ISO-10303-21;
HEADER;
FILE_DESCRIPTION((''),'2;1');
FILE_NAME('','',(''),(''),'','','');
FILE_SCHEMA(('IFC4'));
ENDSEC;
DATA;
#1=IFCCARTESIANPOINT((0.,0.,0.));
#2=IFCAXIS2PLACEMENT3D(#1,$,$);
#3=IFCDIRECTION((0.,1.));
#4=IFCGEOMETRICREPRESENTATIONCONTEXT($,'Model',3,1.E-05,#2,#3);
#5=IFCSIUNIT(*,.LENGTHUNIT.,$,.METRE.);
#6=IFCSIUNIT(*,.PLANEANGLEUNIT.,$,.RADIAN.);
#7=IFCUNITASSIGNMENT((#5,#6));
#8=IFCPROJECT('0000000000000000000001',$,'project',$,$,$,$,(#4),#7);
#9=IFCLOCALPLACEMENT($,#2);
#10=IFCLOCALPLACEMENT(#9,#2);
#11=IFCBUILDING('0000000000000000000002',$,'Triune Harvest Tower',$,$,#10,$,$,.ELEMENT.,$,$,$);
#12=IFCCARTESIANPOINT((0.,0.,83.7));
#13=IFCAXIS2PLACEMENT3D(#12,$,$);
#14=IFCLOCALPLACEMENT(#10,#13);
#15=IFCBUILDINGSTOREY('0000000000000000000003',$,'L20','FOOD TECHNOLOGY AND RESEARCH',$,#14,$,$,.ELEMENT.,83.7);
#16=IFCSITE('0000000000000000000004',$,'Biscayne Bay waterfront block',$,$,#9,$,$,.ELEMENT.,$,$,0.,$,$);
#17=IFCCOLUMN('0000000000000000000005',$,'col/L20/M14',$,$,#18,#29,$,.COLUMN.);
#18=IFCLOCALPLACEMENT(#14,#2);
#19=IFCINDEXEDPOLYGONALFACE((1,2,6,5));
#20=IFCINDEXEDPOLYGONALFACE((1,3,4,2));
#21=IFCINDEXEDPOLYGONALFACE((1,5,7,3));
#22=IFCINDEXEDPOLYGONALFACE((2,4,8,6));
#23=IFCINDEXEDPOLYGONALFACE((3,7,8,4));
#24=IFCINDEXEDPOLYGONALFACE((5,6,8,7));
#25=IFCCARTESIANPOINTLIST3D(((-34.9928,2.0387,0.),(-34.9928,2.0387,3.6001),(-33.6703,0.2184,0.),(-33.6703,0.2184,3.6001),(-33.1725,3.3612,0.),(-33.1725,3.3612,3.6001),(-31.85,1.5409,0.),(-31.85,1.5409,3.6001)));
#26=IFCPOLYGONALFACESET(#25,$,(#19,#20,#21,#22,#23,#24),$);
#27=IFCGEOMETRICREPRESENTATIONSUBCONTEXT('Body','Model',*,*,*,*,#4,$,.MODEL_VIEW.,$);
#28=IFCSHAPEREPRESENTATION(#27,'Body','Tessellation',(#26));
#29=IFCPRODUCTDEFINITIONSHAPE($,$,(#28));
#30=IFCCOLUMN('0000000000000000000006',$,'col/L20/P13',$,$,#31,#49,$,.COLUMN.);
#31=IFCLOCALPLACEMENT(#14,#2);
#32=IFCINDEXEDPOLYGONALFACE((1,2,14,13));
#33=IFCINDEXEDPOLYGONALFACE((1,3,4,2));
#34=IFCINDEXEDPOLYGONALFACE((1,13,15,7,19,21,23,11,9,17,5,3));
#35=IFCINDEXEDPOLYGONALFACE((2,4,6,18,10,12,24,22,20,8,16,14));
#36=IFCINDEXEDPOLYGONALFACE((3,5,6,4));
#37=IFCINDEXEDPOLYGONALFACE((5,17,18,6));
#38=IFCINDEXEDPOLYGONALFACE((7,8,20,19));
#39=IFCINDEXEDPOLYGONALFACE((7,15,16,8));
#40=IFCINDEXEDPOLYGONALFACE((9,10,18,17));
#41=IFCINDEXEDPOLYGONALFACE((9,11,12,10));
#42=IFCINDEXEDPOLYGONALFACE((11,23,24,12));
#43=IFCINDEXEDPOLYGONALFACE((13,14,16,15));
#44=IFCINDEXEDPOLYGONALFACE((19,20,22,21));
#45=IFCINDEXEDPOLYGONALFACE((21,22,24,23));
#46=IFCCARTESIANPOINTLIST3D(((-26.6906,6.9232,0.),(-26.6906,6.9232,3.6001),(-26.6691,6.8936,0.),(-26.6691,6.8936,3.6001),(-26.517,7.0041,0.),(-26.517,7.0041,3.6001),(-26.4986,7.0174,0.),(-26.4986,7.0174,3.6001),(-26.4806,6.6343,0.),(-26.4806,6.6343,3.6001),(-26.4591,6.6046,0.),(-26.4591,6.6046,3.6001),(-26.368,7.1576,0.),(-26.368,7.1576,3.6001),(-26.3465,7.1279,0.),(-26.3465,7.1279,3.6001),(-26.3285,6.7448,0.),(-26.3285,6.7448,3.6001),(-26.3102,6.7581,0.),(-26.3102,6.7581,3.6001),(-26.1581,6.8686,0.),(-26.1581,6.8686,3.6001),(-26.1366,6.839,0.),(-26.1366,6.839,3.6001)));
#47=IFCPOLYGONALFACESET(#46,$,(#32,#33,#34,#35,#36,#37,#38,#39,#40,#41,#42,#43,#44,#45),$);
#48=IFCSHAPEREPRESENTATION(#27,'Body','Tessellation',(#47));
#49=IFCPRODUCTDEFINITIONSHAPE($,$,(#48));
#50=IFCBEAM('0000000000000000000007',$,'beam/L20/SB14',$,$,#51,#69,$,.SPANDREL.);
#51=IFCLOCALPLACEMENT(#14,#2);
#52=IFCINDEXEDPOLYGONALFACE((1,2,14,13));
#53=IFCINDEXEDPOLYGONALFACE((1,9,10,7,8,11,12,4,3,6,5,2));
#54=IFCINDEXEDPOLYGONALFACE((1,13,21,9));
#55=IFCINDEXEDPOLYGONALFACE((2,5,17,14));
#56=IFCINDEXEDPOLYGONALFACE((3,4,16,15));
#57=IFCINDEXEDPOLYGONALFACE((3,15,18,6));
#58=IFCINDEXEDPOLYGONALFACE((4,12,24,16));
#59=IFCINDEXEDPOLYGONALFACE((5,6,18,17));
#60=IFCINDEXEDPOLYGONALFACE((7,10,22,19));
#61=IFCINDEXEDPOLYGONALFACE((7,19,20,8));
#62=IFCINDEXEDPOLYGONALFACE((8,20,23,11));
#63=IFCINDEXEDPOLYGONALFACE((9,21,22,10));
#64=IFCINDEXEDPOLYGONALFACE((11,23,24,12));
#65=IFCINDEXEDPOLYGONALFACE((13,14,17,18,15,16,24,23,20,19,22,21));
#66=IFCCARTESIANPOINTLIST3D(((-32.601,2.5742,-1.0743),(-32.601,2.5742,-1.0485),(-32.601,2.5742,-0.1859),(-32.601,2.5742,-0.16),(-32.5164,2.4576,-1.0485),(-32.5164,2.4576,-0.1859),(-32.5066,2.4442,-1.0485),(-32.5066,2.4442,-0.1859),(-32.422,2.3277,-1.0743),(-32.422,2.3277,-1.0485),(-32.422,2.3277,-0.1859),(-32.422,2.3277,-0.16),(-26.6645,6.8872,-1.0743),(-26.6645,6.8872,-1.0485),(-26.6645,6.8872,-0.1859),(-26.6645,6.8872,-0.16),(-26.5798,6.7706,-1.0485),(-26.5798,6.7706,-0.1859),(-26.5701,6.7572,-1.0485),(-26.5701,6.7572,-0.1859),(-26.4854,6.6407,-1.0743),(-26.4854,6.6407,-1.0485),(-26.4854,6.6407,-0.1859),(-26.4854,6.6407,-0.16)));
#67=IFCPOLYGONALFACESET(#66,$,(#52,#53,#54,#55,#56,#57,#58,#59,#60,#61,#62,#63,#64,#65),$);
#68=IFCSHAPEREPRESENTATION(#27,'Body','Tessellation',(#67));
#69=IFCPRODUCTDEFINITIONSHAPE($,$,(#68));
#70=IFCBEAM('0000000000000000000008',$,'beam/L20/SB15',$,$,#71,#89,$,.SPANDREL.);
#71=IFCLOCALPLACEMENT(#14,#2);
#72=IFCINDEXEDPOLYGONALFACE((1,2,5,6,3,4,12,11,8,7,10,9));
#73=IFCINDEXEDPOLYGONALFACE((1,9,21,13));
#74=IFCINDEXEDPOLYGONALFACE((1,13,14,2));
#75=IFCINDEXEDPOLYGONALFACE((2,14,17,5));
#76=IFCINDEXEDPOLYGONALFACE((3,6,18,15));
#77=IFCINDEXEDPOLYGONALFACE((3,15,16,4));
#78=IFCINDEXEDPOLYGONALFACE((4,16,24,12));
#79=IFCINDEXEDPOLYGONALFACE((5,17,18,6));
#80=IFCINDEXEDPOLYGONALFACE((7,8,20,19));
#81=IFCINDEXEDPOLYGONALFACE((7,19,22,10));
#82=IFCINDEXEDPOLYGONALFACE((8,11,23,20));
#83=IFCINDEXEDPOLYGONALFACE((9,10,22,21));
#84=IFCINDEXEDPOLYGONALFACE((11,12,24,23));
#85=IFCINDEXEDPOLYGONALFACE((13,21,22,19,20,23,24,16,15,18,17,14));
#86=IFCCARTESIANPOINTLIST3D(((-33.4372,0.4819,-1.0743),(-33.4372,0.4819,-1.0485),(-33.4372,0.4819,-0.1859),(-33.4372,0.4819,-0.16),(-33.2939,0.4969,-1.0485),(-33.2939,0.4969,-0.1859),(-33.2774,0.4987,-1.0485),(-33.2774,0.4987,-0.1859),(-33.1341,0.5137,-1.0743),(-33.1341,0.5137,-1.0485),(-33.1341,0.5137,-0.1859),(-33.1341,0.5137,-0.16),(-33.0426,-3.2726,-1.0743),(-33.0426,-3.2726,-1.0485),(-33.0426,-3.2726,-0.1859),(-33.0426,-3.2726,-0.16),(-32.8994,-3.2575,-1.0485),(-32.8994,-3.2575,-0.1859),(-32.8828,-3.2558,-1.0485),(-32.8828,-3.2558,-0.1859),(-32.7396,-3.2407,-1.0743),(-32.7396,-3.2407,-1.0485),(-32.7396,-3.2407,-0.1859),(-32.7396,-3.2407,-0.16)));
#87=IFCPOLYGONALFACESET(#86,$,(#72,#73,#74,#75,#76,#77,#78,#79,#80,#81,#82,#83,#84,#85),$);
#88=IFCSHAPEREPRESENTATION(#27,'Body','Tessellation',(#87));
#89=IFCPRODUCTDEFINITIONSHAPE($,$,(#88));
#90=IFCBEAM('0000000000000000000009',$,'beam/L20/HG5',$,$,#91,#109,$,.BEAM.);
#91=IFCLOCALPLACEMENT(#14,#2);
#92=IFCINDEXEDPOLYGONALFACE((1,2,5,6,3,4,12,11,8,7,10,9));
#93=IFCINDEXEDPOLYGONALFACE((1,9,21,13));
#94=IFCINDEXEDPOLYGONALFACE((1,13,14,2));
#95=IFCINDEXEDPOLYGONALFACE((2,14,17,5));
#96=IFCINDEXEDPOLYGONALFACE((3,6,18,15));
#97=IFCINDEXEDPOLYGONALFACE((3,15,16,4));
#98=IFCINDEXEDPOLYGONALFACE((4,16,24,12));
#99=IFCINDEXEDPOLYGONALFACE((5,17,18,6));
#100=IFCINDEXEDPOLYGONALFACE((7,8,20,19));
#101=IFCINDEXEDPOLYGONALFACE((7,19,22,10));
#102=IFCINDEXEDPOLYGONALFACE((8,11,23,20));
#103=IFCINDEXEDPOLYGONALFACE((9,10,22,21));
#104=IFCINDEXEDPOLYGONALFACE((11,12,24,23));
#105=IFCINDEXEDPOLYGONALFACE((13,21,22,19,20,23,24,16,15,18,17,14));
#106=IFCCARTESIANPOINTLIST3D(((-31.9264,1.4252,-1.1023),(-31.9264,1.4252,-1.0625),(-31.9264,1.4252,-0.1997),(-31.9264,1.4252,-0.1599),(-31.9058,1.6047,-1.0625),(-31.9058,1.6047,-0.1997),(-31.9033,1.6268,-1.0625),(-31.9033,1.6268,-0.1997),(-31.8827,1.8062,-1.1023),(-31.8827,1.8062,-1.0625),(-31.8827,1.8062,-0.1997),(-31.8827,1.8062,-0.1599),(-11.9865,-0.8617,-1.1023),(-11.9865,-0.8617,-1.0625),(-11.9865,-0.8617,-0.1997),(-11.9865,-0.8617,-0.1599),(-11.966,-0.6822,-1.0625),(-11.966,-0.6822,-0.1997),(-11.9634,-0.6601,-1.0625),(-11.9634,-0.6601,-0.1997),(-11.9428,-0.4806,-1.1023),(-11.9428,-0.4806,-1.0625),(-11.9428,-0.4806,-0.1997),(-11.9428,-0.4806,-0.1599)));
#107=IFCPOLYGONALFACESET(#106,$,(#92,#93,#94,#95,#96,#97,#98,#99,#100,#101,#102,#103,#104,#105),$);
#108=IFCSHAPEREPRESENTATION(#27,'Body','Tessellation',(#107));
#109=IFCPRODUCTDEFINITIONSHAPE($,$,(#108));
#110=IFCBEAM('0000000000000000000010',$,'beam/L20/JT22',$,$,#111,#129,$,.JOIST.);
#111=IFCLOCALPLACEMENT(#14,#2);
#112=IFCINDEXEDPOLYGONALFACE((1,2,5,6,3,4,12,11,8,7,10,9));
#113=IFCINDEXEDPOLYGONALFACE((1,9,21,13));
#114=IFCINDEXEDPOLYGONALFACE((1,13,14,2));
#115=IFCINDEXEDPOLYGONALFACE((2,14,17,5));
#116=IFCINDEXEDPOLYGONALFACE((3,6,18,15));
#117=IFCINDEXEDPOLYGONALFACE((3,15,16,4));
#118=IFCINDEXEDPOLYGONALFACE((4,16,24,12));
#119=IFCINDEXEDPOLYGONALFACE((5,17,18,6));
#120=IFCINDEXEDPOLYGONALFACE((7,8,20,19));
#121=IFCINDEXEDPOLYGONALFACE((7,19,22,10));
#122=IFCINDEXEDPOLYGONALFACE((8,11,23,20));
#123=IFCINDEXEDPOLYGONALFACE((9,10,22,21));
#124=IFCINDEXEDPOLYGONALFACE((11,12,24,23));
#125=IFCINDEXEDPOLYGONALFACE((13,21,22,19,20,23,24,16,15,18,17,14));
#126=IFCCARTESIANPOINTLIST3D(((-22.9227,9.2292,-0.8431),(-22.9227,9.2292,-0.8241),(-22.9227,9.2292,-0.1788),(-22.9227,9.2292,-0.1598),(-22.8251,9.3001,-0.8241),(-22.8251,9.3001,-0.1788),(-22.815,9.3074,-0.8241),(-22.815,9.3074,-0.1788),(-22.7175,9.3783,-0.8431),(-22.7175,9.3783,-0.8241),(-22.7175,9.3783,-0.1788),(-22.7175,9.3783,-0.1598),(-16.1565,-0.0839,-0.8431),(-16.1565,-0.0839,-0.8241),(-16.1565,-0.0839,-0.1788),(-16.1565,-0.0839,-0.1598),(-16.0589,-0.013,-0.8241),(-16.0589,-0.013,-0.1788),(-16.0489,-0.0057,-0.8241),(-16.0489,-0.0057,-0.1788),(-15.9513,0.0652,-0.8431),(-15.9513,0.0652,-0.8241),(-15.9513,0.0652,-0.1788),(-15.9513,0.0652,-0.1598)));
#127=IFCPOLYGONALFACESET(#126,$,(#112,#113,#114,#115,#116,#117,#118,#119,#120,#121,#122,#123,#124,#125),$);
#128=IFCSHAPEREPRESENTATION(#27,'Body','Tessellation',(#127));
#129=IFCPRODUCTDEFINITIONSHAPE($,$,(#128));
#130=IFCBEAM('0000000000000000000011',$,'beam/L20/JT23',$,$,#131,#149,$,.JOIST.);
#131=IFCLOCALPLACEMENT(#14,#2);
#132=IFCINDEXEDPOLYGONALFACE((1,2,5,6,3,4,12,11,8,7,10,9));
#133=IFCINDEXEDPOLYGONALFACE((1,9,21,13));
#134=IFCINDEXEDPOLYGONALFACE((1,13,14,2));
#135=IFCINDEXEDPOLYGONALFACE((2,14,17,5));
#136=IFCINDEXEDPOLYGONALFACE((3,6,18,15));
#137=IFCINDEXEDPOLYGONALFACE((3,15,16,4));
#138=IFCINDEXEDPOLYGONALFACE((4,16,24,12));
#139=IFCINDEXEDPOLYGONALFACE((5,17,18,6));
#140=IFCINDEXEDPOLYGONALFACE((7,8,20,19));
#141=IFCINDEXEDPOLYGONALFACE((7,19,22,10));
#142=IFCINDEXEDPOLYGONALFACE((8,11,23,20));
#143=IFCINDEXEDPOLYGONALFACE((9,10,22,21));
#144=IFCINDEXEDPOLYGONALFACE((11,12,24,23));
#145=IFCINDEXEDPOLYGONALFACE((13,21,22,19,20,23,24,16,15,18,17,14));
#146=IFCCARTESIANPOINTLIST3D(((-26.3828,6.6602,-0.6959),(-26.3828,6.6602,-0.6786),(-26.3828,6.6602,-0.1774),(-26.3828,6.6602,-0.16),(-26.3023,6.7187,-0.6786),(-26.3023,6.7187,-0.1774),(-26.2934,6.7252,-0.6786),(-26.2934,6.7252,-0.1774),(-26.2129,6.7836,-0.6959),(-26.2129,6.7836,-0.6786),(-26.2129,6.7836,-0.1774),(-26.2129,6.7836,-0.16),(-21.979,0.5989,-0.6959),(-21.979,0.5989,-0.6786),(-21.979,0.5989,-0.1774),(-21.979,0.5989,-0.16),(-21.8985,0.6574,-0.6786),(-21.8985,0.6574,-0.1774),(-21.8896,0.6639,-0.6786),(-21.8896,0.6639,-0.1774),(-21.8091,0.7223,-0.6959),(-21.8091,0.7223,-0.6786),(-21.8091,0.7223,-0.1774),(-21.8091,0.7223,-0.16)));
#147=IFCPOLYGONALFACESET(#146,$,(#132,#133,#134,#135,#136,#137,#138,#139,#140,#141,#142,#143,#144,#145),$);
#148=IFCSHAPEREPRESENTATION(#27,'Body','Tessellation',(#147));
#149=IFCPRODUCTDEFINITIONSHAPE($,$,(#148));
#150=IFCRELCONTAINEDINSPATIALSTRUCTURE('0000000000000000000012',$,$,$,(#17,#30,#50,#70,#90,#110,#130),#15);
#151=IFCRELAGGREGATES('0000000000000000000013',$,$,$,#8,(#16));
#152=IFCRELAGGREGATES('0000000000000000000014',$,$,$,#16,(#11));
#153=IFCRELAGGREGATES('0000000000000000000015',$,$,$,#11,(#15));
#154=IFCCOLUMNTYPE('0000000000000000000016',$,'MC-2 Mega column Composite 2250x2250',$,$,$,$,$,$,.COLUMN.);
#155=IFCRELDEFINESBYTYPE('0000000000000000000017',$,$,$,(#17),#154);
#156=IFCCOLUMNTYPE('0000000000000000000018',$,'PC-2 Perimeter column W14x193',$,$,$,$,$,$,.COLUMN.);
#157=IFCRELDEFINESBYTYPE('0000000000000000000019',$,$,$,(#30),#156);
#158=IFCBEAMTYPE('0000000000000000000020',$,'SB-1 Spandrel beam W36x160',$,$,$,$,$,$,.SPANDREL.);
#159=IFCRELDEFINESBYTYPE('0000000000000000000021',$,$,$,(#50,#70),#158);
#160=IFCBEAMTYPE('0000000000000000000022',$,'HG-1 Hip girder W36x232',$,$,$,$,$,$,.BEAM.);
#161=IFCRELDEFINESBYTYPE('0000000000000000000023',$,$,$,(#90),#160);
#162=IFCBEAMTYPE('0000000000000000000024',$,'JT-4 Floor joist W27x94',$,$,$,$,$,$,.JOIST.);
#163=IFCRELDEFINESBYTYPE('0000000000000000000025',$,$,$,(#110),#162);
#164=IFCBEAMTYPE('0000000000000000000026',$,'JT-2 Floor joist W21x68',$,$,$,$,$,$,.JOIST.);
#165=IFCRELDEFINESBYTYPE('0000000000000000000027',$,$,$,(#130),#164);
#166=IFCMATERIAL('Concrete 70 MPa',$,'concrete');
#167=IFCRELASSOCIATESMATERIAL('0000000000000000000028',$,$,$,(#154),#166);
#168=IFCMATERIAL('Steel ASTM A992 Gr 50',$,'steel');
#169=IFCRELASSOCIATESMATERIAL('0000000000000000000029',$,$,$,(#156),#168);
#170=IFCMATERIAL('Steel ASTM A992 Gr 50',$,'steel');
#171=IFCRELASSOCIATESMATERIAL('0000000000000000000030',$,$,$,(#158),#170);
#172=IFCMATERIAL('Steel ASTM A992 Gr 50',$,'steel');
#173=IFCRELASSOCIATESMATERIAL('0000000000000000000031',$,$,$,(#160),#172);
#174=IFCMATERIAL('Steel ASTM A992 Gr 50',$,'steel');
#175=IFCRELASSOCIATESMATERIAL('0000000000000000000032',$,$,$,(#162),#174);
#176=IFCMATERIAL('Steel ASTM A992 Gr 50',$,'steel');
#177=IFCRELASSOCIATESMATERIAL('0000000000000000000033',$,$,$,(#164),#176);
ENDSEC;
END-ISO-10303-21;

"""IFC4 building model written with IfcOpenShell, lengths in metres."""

from ifc_helpers import new_model, si_unit, direction, frame, origin, origin_2d, place, context, subcontext, project, spatial, rectangle, i_section, extrude, source, transform, mapped, material, material_profile, profile_set, type_object, element, save


model = new_model("IFC4")

# Units and contexts
model_context = context("Model", 3, precision=1e-05, world=origin(), true_north=direction((0.0, 1.0)))
body_context = subcontext(model_context, "Body", "Model", "MODEL_VIEW")
ifc_project = project(units=[si_unit("LENGTHUNIT", "METRE"), si_unit("PLANEANGLEUNIT", "RADIAN")], contexts=[model_context])

# Site, building, storey
site_placement = place(None, origin())
site = spatial("IfcSite", under=ifc_project, at=site_placement, Name="Biscayne Bay waterfront block", CompositionType="ELEMENT", RefElevation=0.0)
building_placement = place(site_placement, origin())
building = spatial("IfcBuilding", under=site, at=building_placement, Name="Triune Harvest Tower", CompositionType="ELEMENT")
storey_placement = place(building_placement, frame((0.0, 0.0, 83.7)))
storey = spatial("IfcBuildingStorey", under=building, at=storey_placement, Name="L20", Description="FOOD TECHNOLOGY AND RESEARCH", CompositionType="ELEMENT", Elevation=83.7)

# Columns
ifc_material_1 = material(Name="Concrete 70 MPa", Category="concrete")
ifc_material_profile_1 = material_profile(ifc_material_1, rectangle(XDim=2.25, YDim=2.25, at=origin_2d()), Name="Composite 2250x2250")
ifc_profile_set_1 = profile_set([ifc_material_profile_1], Name="Concrete 70 MPa")
column_type_1 = type_object("IfcColumnType", Name="MC-2 Mega column Composite 2250x2250", PredefinedType="COLUMN", material=ifc_profile_set_1)
shared_shape_1 = source(origin(), body_context, "Body", "SweptSolid", [
    extrude(rectangle(XDim=2.25, YDim=2.25, at=origin_2d()), origin(), (0.0, 0.0, 1.0), 3.6001),
])
column_1_placement = place(storey_placement, frame((-33.4214, 1.7898, 0.0), z_axis=(0.0, 0.0, 1.0), x_axis=(-0.809017, -0.587785, 0.0)))
element("IfcColumn", 1, at=column_1_placement, inside=storey, type_object=column_type_1, Name="col/L20/M14", PredefinedType="COLUMN", context=body_context, shape_type="MappedRepresentation", body=[
    mapped(shared_shape_1, transform((0.0, 0.0, 0.0), scale=1.0)),
])
ifc_material_2 = material(Name="Steel ASTM A992 Gr 50", Category="steel")
ifc_material_profile_2 = material_profile(ifc_material_2, i_section(OverallWidth=0.3987, OverallDepth=0.3938, WebThickness=0.0227, FlangeThickness=0.0366, at=origin_2d()), Name="W14x193")
ifc_profile_set_2 = profile_set([ifc_material_profile_2], Name="Steel ASTM A992 Gr 50")
column_type_2 = type_object("IfcColumnType", Name="PC-2 Perimeter column W14x193", PredefinedType="COLUMN", material=ifc_profile_set_2)
shared_shape_2 = source(origin(), body_context, "Body", "SweptSolid", [
    extrude(i_section(OverallWidth=0.3987, OverallDepth=0.3938, WebThickness=0.0227, FlangeThickness=0.0366, at=origin_2d()), origin(), (0.0, 0.0, 1.0), 3.6001),
])
column_2_placement = place(storey_placement, frame((-26.4136, 6.8811, 0.0), z_axis=(0.0, 0.0, 1.0), x_axis=(-0.809017, -0.587785, 0.0)))
element("IfcColumn", 2, at=column_2_placement, inside=storey, type_object=column_type_2, Name="col/L20/P13", PredefinedType="COLUMN", context=body_context, shape_type="MappedRepresentation", body=[
    mapped(shared_shape_2, transform((0.0, 0.0, 0.0), scale=1.0)),
])

# Beams
ifc_material_3 = material(Name="Steel ASTM A992 Gr 50", Category="steel")
ifc_material_profile_3 = material_profile(ifc_material_3, i_section(OverallWidth=0.3047, OverallDepth=0.9143, WebThickness=0.0166, FlangeThickness=0.0259, at=origin_2d()), Name="W36x160")
ifc_profile_set_3 = profile_set([ifc_material_profile_3], Name="Steel ASTM A992 Gr 50")
beam_type_1 = type_object("IfcBeamType", Name="SB-1 Spandrel beam W36x160", PredefinedType="SPANDREL", material=ifc_profile_set_3)
shared_shape_3 = source(origin(), body_context, "Body", "SweptSolid", [
    extrude(i_section(OverallWidth=0.3047, OverallDepth=0.9143, WebThickness=0.0166, FlangeThickness=0.0259, at=origin_2d()), origin(), (0.0, 0.0, 1.0), 7.3379),
])
beam_1_placement = place(storey_placement, frame((-26.575, 6.7639, -0.6172), z_axis=(-0.809027, -0.587772, 0.0), x_axis=(0.587772, -0.809027, 0.0)))
element("IfcBeam", 3, at=beam_1_placement, inside=storey, type_object=beam_type_1, Name="beam/L20/SB14", PredefinedType="SPANDREL", context=body_context, shape_type="MappedRepresentation", body=[
    mapped(shared_shape_3, transform((0.0, 0.0, 0.0), scale=1.0)),
])
shared_shape_4 = source(origin(), body_context, "Body", "SweptSolid", [
    extrude(i_section(OverallWidth=0.3047, OverallDepth=0.9143, WebThickness=0.0166, FlangeThickness=0.0259, at=origin_2d()), origin(), (0.0, 0.0, 1.0), 3.7751),
])
beam_2_placement = place(storey_placement, frame((-33.2856, 0.4978, -0.6172), z_axis=(0.10451, -0.994524, 0.0), x_axis=(0.994524, 0.10451, 0.0)))
element("IfcBeam", 4, at=beam_2_placement, inside=storey, type_object=beam_type_1, Name="beam/L20/SB15", PredefinedType="SPANDREL", context=body_context, shape_type="MappedRepresentation", body=[
    mapped(shared_shape_4, transform((0.0, 0.0, 0.0), scale=1.0)),
])
ifc_material_4 = material(Name="Steel ASTM A992 Gr 50", Category="steel")
ifc_material_profile_4 = material_profile(ifc_material_4, i_section(OverallWidth=0.3835, OverallDepth=0.9424, WebThickness=0.0222, FlangeThickness=0.0398, at=origin_2d()), Name="W36x232")
ifc_profile_set_4 = profile_set([ifc_material_profile_4], Name="Steel ASTM A992 Gr 50")
beam_type_2 = type_object("IfcBeamType", Name="HG-1 Hip girder W36x232", PredefinedType="BEAM", material=ifc_profile_set_4)
shared_shape_5 = source(origin(), body_context, "Body", "SweptSolid", [
    extrude(i_section(OverallWidth=0.3835, OverallDepth=0.9424, WebThickness=0.0222, FlangeThickness=0.0398, at=origin_2d()), origin(), (0.0, 0.0, 1.0), 20.0706),
])
beam_3_placement = place(storey_placement, frame((-31.9045, 1.6157, -0.6311), z_axis=(0.993488, -0.113941, 0.0), x_axis=(0.113941, 0.993488, 0.0)))
element("IfcBeam", 5, at=beam_3_placement, inside=storey, type_object=beam_type_2, Name="beam/L20/HG5", PredefinedType="BEAM", context=body_context, shape_type="MappedRepresentation", body=[
    mapped(shared_shape_5, transform((0.0, 0.0, 0.0), scale=1.0)),
])
ifc_material_5 = material(Name="Steel ASTM A992 Gr 50", Category="steel")
ifc_material_profile_5 = material_profile(ifc_material_5, i_section(OverallWidth=0.2537, OverallDepth=0.6833, WebThickness=0.0125, FlangeThickness=0.019, at=origin_2d()), Name="W27x94")
ifc_profile_set_5 = profile_set([ifc_material_profile_5], Name="Steel ASTM A992 Gr 50")
beam_type_3 = type_object("IfcBeamType", Name="JT-4 Floor joist W27x94", PredefinedType="JOIST", material=ifc_profile_set_5)
shared_shape_6 = source(origin(), body_context, "Body", "SweptSolid", [
    extrude(i_section(OverallWidth=0.2537, OverallDepth=0.6833, WebThickness=0.0125, FlangeThickness=0.019, at=origin_2d()), origin(), (0.0, 0.0, 1.0), 11.5115),
])
beam_4_placement = place(storey_placement, frame((-22.8201, 9.3037, -0.5015), z_axis=(0.587776, -0.809024, 0.0), x_axis=(0.809024, 0.587776, 0.0)))
element("IfcBeam", 6, at=beam_4_placement, inside=storey, type_object=beam_type_3, Name="beam/L20/JT22", PredefinedType="JOIST", context=body_context, shape_type="MappedRepresentation", body=[
    mapped(shared_shape_6, transform((0.0, 0.0, 0.0), scale=1.0)),
])
ifc_material_6 = material(Name="Steel ASTM A992 Gr 50", Category="steel")
ifc_material_profile_6 = material_profile(ifc_material_6, i_section(OverallWidth=0.21, OverallDepth=0.5359, WebThickness=0.011, FlangeThickness=0.0173, at=origin_2d()), Name="W21x68")
ifc_profile_set_6 = profile_set([ifc_material_profile_6], Name="Steel ASTM A992 Gr 50")
beam_type_4 = type_object("IfcBeamType", Name="JT-2 Floor joist W21x68", PredefinedType="JOIST", material=ifc_profile_set_6)
shared_shape_7 = source(origin(), body_context, "Body", "SweptSolid", [
    extrude(i_section(OverallWidth=0.21, OverallDepth=0.5359, WebThickness=0.011, FlangeThickness=0.0173, at=origin_2d()), origin(), (0.0, 0.0, 1.0), 7.4922),
])
beam_5_placement = place(storey_placement, frame((-26.2979, 6.7219, -0.428), z_axis=(0.587788, -0.809015, 0.0), x_axis=(0.809015, 0.587788, 0.0)))
element("IfcBeam", 7, at=beam_5_placement, inside=storey, type_object=beam_type_4, Name="beam/L20/JT23", PredefinedType="JOIST", context=body_context, shape_type="MappedRepresentation", body=[
    mapped(shared_shape_7, transform((0.0, 0.0, 0.0), scale=1.0)),
])

save(model, "model.ifc")
